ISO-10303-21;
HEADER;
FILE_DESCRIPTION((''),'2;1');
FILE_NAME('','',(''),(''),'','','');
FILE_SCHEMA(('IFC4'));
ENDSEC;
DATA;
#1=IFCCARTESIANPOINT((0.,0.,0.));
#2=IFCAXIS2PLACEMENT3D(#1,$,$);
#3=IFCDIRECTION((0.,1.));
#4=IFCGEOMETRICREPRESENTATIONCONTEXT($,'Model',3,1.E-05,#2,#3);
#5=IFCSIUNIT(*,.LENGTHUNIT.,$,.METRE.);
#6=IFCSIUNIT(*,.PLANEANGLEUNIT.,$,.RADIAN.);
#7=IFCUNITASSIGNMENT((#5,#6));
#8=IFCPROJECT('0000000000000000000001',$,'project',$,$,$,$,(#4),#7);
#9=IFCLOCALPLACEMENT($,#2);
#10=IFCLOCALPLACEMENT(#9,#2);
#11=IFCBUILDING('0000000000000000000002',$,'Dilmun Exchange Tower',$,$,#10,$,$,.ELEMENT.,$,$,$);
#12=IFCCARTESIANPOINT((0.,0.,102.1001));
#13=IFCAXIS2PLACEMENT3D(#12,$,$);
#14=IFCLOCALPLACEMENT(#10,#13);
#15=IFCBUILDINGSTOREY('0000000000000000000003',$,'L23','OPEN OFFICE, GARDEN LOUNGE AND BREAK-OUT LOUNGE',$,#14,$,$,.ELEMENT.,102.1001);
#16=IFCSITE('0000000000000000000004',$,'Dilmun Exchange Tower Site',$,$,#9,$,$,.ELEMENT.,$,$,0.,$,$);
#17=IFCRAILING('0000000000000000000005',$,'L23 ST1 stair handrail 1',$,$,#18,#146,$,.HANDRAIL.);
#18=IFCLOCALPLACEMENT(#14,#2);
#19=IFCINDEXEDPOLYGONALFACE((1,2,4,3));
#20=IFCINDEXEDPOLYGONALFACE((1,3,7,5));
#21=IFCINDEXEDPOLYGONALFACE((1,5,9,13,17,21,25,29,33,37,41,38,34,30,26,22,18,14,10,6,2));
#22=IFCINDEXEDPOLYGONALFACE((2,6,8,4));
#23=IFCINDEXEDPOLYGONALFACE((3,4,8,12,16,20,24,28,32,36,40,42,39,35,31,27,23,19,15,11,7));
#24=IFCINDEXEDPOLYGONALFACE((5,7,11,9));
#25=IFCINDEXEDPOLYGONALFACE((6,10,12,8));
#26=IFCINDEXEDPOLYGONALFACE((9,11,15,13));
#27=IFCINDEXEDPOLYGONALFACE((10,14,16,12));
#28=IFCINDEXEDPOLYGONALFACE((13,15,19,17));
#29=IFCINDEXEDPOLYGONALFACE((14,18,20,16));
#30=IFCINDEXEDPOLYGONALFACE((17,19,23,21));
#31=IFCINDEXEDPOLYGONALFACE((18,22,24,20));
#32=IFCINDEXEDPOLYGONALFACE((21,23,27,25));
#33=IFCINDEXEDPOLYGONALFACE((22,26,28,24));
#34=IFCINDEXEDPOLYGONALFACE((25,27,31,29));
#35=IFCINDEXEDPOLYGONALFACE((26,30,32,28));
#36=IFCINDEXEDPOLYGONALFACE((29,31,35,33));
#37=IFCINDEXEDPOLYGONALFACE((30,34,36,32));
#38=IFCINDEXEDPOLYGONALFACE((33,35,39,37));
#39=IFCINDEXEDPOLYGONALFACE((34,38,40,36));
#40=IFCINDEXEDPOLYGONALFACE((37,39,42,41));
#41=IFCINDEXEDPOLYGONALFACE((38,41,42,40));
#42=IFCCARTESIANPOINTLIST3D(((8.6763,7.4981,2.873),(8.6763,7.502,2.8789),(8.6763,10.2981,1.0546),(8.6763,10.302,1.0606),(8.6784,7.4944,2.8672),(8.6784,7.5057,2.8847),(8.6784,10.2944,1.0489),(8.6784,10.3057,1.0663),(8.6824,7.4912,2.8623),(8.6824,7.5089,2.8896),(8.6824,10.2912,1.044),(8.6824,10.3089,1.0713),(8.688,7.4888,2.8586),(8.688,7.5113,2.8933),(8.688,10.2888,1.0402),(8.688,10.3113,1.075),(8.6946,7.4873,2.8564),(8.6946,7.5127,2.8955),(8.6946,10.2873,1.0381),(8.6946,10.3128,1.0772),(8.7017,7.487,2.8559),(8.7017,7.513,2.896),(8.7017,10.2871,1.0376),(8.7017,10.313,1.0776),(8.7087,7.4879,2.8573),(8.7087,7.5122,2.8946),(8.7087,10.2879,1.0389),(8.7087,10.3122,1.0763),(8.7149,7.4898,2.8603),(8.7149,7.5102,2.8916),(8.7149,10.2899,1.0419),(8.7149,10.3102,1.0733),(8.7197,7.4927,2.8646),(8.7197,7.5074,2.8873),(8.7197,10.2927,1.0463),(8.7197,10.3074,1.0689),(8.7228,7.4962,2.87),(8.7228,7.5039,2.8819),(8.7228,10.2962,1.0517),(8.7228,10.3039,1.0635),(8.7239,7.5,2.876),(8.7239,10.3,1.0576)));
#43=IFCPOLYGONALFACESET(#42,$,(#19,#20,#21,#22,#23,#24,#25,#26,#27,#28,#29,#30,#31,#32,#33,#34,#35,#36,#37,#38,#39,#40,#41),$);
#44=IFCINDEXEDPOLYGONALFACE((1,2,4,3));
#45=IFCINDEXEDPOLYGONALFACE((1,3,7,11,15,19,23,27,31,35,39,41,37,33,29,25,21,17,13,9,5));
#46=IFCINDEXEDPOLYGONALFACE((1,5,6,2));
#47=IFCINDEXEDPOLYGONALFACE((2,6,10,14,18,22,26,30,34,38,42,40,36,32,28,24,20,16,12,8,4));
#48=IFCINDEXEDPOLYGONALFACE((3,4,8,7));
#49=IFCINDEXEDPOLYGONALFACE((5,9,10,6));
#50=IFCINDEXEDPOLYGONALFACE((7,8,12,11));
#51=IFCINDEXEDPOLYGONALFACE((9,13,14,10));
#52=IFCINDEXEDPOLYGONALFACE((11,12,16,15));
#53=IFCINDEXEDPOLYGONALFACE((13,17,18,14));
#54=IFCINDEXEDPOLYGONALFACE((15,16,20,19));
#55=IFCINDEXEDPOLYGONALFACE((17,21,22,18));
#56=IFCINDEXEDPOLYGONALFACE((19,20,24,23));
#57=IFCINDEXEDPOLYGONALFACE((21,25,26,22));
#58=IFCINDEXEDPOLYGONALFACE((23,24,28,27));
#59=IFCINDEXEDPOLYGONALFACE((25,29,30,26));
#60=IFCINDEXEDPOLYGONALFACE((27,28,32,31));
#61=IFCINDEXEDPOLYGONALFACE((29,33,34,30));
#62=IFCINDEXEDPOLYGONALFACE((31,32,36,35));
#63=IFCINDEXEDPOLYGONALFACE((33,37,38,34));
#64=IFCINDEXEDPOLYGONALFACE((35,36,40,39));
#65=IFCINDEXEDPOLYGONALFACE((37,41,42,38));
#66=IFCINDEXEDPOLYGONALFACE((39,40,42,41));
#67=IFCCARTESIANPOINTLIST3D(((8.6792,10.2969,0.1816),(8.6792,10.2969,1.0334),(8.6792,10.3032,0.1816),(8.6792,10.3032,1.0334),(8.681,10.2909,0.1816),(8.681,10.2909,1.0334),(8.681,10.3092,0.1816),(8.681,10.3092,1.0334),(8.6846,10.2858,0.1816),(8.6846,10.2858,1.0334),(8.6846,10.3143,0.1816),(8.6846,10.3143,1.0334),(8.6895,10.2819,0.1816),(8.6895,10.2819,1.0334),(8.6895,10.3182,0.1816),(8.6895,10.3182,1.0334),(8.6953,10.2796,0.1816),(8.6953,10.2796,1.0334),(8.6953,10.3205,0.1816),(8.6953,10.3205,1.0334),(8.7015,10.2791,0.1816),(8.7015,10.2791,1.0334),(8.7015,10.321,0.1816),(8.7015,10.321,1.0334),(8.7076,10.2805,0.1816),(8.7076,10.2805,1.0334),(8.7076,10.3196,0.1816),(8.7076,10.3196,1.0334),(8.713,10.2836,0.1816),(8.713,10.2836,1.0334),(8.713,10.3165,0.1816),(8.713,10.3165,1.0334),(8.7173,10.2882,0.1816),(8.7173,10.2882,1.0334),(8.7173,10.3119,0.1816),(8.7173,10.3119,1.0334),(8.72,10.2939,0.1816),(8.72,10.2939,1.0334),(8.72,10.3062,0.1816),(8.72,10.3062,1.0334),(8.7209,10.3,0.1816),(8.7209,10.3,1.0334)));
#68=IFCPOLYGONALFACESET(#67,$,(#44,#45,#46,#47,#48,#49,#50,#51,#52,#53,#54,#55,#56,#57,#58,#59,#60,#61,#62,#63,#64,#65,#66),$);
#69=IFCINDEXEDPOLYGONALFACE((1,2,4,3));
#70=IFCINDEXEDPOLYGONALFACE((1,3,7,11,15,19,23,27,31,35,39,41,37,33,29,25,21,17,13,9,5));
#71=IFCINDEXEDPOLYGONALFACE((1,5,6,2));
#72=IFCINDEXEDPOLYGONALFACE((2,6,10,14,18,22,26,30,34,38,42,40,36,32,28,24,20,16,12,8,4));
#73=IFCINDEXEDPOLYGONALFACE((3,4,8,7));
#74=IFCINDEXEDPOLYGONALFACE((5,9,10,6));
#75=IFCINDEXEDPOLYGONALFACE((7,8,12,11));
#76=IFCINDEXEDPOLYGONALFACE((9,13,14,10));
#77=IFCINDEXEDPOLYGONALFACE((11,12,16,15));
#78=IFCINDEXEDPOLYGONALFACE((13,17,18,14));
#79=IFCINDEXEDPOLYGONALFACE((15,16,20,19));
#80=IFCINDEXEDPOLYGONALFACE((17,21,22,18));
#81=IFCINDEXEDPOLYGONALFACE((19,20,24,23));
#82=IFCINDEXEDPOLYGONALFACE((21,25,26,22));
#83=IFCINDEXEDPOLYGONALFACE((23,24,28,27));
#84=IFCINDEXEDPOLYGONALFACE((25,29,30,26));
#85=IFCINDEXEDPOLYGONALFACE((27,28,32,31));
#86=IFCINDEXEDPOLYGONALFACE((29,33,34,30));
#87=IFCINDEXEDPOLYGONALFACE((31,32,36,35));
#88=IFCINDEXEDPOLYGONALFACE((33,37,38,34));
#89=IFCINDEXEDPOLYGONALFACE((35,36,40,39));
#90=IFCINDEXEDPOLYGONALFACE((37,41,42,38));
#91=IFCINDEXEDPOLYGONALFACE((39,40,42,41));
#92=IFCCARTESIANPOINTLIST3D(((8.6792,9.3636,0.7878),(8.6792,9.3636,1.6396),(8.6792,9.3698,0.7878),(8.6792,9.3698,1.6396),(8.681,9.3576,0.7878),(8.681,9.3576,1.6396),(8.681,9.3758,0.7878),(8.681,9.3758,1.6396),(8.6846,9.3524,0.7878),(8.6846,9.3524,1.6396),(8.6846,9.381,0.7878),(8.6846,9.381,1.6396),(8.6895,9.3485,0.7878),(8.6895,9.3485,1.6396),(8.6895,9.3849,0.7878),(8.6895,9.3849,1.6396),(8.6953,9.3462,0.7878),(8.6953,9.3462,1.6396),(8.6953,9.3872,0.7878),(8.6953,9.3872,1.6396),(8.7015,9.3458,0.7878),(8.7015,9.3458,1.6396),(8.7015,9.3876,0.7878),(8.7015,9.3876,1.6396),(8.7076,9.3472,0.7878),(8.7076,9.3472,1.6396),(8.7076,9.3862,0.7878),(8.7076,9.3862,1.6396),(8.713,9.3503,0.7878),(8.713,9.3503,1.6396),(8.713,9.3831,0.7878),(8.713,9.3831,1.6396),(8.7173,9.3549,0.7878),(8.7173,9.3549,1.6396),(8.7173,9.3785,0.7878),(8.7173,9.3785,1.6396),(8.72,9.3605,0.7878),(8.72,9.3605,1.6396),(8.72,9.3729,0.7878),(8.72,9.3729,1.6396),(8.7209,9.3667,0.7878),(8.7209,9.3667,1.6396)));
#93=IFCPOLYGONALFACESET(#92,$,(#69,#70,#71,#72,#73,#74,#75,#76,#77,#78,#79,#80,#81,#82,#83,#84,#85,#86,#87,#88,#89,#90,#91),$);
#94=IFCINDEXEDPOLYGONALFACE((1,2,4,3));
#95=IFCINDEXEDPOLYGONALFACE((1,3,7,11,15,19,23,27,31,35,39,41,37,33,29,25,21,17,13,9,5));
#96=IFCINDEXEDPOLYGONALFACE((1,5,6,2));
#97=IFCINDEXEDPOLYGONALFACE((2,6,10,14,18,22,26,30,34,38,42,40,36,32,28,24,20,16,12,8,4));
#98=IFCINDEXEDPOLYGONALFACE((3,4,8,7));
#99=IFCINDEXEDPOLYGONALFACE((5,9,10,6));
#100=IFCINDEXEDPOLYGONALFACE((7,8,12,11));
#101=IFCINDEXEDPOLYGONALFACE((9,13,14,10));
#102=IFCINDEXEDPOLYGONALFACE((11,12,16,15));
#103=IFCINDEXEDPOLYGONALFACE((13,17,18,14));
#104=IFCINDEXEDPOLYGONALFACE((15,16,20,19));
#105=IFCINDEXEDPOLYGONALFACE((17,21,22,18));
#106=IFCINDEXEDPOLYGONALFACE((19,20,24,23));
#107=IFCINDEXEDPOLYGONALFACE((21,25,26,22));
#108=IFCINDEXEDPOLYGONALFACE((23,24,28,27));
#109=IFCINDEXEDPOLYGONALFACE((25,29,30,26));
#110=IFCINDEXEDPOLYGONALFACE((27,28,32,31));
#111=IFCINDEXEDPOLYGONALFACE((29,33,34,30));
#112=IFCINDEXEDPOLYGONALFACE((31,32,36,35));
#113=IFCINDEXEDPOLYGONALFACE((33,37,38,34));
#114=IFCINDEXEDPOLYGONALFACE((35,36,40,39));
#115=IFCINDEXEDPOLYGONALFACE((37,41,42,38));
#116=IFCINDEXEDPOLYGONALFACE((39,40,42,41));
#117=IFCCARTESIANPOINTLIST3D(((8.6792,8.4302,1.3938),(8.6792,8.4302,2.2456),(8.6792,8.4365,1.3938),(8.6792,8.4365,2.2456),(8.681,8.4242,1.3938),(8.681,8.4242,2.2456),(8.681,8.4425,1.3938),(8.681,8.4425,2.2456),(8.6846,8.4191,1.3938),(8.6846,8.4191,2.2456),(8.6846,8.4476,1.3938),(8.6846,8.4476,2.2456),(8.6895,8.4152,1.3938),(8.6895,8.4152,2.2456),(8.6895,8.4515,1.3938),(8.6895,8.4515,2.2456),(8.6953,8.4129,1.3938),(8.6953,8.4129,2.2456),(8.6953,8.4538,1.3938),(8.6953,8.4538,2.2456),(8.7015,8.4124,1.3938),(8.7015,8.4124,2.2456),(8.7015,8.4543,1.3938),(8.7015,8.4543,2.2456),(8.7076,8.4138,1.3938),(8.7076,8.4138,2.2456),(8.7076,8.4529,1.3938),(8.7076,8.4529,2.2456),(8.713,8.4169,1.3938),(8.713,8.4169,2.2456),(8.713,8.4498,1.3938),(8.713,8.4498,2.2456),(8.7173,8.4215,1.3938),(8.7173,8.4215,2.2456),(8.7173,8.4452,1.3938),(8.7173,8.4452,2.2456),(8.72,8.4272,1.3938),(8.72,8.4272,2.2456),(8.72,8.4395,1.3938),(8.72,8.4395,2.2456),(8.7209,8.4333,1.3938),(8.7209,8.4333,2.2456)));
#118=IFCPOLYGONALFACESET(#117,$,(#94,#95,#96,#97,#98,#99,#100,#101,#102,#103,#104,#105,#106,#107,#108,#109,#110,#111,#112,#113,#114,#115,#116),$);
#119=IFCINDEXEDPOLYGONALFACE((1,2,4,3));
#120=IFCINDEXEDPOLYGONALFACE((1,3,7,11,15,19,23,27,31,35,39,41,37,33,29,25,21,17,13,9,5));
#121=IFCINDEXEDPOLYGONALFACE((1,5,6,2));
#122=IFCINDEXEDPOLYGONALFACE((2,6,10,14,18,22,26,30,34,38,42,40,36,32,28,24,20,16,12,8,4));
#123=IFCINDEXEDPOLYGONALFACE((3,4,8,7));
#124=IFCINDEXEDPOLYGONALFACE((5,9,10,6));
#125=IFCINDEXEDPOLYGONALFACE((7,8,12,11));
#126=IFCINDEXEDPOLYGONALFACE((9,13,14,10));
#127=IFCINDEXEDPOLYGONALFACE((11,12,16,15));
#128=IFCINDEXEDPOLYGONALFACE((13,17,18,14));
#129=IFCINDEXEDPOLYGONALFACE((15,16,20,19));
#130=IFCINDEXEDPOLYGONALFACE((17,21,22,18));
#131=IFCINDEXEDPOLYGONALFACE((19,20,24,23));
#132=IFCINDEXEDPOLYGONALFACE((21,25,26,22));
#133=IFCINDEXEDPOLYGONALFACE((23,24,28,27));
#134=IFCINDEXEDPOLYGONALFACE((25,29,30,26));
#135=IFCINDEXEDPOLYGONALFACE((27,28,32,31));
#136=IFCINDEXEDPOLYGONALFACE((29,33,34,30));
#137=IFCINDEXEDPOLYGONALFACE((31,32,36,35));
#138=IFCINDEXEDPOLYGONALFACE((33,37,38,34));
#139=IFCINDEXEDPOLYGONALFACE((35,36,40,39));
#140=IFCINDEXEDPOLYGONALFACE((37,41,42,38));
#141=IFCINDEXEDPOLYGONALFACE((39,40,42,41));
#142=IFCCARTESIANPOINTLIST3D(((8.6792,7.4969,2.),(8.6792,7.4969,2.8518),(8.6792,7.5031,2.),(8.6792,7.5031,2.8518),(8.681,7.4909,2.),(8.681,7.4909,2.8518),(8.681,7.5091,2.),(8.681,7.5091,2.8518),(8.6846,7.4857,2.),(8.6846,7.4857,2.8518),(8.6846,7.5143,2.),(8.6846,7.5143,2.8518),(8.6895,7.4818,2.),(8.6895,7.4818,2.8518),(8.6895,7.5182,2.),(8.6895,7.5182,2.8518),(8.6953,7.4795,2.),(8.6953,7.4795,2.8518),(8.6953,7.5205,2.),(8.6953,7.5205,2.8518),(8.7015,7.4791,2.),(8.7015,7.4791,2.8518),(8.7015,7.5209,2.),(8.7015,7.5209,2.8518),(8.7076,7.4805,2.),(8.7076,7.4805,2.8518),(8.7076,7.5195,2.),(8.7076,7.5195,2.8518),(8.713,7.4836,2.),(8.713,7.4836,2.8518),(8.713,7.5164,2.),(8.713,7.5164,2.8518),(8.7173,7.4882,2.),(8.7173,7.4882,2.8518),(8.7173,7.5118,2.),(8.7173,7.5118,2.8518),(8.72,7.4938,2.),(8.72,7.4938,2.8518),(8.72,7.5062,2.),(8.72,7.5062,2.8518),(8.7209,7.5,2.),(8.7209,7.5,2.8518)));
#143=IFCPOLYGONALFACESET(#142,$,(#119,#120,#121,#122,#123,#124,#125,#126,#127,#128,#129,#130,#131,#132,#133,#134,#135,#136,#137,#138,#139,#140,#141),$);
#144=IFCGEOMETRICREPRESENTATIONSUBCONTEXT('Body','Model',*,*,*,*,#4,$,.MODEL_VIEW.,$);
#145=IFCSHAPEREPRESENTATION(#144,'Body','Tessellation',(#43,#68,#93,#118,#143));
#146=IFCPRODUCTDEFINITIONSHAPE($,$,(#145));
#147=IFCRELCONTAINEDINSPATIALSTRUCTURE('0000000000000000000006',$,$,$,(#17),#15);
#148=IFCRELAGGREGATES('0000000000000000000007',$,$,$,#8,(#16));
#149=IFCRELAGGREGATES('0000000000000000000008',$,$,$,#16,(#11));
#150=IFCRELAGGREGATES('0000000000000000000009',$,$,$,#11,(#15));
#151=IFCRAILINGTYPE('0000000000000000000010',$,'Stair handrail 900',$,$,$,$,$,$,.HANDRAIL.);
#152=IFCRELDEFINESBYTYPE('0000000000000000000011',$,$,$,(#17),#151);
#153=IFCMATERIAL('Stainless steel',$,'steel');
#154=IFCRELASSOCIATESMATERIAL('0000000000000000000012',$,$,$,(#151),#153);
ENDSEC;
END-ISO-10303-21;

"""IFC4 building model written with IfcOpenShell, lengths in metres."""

from ifc_helpers import new_model, si_unit, direction, frame, origin, origin_2d, place, context, subcontext, project, spatial, circle, extrude, material, type_object, element, save


model = new_model("IFC4")

# Units and contexts
model_context = context("Model", 3, precision=1e-05, world=origin(), true_north=direction((0.0, 1.0)))
body_context = subcontext(model_context, "Body", "Model", "MODEL_VIEW")
ifc_project = project(units=[si_unit("LENGTHUNIT", "METRE"), si_unit("PLANEANGLEUNIT", "RADIAN")], contexts=[model_context])

# Site, building, storey
site_placement = place(None, origin())
site = spatial("IfcSite", under=ifc_project, at=site_placement, Name="Dilmun Exchange Tower Site", CompositionType="ELEMENT", RefElevation=0.0)
building_placement = place(site_placement, origin())
building = spatial("IfcBuilding", under=site, at=building_placement, Name="Dilmun Exchange Tower", CompositionType="ELEMENT")
storey_placement = place(building_placement, frame((0.0, 0.0, 102.1001)))
storey = spatial("IfcBuildingStorey", under=building, at=storey_placement, Name="L23", Description="OPEN OFFICE, GARDEN LOUNGE AND BREAK-OUT LOUNGE", CompositionType="ELEMENT", Elevation=102.1001)

# Railing
ifc_material_1 = material(Name="Stainless steel", Category="steel")
railing_type = type_object("IfcRailingType", Name="Stair handrail 900", PredefinedType="HANDRAIL", material=ifc_material_1)
railing_1_placement = place(storey_placement, frame((8.7, 10.3, 0.1816)))
element("IfcRailing", 1, at=railing_1_placement, inside=storey, type_object=railing_type, Name="L23 ST1 stair handrail 1", PredefinedType="HANDRAIL", context=body_context, shape_type="SweptSolid", body=[
    extrude(circle(Radius=0.0239, at=origin_2d()), frame((0.0, 0.0, 0.876), z_axis=(0.0, -0.838672, 0.544636), x_axis=(1.0, 0.0, 0.0)), (0.0, 0.0, 1.0), 3.3386),
    extrude(circle(Radius=0.021, at=origin_2d()), origin(), (0.0, 0.0, 1.0), 0.8518),
    extrude(circle(Radius=0.021, at=origin_2d()), frame((0.0, -0.9333, 0.6062)), (0.0, 0.0, 1.0), 0.8518),
    extrude(circle(Radius=0.021, at=origin_2d()), frame((0.0, -1.8667, 1.2122)), (0.0, 0.0, 1.0), 0.8518),
    extrude(circle(Radius=0.021, at=origin_2d()), frame((0.0, -2.8, 1.8184)), (0.0, 0.0, 1.0), 0.8518),
])

save(model, "model.ifc")
